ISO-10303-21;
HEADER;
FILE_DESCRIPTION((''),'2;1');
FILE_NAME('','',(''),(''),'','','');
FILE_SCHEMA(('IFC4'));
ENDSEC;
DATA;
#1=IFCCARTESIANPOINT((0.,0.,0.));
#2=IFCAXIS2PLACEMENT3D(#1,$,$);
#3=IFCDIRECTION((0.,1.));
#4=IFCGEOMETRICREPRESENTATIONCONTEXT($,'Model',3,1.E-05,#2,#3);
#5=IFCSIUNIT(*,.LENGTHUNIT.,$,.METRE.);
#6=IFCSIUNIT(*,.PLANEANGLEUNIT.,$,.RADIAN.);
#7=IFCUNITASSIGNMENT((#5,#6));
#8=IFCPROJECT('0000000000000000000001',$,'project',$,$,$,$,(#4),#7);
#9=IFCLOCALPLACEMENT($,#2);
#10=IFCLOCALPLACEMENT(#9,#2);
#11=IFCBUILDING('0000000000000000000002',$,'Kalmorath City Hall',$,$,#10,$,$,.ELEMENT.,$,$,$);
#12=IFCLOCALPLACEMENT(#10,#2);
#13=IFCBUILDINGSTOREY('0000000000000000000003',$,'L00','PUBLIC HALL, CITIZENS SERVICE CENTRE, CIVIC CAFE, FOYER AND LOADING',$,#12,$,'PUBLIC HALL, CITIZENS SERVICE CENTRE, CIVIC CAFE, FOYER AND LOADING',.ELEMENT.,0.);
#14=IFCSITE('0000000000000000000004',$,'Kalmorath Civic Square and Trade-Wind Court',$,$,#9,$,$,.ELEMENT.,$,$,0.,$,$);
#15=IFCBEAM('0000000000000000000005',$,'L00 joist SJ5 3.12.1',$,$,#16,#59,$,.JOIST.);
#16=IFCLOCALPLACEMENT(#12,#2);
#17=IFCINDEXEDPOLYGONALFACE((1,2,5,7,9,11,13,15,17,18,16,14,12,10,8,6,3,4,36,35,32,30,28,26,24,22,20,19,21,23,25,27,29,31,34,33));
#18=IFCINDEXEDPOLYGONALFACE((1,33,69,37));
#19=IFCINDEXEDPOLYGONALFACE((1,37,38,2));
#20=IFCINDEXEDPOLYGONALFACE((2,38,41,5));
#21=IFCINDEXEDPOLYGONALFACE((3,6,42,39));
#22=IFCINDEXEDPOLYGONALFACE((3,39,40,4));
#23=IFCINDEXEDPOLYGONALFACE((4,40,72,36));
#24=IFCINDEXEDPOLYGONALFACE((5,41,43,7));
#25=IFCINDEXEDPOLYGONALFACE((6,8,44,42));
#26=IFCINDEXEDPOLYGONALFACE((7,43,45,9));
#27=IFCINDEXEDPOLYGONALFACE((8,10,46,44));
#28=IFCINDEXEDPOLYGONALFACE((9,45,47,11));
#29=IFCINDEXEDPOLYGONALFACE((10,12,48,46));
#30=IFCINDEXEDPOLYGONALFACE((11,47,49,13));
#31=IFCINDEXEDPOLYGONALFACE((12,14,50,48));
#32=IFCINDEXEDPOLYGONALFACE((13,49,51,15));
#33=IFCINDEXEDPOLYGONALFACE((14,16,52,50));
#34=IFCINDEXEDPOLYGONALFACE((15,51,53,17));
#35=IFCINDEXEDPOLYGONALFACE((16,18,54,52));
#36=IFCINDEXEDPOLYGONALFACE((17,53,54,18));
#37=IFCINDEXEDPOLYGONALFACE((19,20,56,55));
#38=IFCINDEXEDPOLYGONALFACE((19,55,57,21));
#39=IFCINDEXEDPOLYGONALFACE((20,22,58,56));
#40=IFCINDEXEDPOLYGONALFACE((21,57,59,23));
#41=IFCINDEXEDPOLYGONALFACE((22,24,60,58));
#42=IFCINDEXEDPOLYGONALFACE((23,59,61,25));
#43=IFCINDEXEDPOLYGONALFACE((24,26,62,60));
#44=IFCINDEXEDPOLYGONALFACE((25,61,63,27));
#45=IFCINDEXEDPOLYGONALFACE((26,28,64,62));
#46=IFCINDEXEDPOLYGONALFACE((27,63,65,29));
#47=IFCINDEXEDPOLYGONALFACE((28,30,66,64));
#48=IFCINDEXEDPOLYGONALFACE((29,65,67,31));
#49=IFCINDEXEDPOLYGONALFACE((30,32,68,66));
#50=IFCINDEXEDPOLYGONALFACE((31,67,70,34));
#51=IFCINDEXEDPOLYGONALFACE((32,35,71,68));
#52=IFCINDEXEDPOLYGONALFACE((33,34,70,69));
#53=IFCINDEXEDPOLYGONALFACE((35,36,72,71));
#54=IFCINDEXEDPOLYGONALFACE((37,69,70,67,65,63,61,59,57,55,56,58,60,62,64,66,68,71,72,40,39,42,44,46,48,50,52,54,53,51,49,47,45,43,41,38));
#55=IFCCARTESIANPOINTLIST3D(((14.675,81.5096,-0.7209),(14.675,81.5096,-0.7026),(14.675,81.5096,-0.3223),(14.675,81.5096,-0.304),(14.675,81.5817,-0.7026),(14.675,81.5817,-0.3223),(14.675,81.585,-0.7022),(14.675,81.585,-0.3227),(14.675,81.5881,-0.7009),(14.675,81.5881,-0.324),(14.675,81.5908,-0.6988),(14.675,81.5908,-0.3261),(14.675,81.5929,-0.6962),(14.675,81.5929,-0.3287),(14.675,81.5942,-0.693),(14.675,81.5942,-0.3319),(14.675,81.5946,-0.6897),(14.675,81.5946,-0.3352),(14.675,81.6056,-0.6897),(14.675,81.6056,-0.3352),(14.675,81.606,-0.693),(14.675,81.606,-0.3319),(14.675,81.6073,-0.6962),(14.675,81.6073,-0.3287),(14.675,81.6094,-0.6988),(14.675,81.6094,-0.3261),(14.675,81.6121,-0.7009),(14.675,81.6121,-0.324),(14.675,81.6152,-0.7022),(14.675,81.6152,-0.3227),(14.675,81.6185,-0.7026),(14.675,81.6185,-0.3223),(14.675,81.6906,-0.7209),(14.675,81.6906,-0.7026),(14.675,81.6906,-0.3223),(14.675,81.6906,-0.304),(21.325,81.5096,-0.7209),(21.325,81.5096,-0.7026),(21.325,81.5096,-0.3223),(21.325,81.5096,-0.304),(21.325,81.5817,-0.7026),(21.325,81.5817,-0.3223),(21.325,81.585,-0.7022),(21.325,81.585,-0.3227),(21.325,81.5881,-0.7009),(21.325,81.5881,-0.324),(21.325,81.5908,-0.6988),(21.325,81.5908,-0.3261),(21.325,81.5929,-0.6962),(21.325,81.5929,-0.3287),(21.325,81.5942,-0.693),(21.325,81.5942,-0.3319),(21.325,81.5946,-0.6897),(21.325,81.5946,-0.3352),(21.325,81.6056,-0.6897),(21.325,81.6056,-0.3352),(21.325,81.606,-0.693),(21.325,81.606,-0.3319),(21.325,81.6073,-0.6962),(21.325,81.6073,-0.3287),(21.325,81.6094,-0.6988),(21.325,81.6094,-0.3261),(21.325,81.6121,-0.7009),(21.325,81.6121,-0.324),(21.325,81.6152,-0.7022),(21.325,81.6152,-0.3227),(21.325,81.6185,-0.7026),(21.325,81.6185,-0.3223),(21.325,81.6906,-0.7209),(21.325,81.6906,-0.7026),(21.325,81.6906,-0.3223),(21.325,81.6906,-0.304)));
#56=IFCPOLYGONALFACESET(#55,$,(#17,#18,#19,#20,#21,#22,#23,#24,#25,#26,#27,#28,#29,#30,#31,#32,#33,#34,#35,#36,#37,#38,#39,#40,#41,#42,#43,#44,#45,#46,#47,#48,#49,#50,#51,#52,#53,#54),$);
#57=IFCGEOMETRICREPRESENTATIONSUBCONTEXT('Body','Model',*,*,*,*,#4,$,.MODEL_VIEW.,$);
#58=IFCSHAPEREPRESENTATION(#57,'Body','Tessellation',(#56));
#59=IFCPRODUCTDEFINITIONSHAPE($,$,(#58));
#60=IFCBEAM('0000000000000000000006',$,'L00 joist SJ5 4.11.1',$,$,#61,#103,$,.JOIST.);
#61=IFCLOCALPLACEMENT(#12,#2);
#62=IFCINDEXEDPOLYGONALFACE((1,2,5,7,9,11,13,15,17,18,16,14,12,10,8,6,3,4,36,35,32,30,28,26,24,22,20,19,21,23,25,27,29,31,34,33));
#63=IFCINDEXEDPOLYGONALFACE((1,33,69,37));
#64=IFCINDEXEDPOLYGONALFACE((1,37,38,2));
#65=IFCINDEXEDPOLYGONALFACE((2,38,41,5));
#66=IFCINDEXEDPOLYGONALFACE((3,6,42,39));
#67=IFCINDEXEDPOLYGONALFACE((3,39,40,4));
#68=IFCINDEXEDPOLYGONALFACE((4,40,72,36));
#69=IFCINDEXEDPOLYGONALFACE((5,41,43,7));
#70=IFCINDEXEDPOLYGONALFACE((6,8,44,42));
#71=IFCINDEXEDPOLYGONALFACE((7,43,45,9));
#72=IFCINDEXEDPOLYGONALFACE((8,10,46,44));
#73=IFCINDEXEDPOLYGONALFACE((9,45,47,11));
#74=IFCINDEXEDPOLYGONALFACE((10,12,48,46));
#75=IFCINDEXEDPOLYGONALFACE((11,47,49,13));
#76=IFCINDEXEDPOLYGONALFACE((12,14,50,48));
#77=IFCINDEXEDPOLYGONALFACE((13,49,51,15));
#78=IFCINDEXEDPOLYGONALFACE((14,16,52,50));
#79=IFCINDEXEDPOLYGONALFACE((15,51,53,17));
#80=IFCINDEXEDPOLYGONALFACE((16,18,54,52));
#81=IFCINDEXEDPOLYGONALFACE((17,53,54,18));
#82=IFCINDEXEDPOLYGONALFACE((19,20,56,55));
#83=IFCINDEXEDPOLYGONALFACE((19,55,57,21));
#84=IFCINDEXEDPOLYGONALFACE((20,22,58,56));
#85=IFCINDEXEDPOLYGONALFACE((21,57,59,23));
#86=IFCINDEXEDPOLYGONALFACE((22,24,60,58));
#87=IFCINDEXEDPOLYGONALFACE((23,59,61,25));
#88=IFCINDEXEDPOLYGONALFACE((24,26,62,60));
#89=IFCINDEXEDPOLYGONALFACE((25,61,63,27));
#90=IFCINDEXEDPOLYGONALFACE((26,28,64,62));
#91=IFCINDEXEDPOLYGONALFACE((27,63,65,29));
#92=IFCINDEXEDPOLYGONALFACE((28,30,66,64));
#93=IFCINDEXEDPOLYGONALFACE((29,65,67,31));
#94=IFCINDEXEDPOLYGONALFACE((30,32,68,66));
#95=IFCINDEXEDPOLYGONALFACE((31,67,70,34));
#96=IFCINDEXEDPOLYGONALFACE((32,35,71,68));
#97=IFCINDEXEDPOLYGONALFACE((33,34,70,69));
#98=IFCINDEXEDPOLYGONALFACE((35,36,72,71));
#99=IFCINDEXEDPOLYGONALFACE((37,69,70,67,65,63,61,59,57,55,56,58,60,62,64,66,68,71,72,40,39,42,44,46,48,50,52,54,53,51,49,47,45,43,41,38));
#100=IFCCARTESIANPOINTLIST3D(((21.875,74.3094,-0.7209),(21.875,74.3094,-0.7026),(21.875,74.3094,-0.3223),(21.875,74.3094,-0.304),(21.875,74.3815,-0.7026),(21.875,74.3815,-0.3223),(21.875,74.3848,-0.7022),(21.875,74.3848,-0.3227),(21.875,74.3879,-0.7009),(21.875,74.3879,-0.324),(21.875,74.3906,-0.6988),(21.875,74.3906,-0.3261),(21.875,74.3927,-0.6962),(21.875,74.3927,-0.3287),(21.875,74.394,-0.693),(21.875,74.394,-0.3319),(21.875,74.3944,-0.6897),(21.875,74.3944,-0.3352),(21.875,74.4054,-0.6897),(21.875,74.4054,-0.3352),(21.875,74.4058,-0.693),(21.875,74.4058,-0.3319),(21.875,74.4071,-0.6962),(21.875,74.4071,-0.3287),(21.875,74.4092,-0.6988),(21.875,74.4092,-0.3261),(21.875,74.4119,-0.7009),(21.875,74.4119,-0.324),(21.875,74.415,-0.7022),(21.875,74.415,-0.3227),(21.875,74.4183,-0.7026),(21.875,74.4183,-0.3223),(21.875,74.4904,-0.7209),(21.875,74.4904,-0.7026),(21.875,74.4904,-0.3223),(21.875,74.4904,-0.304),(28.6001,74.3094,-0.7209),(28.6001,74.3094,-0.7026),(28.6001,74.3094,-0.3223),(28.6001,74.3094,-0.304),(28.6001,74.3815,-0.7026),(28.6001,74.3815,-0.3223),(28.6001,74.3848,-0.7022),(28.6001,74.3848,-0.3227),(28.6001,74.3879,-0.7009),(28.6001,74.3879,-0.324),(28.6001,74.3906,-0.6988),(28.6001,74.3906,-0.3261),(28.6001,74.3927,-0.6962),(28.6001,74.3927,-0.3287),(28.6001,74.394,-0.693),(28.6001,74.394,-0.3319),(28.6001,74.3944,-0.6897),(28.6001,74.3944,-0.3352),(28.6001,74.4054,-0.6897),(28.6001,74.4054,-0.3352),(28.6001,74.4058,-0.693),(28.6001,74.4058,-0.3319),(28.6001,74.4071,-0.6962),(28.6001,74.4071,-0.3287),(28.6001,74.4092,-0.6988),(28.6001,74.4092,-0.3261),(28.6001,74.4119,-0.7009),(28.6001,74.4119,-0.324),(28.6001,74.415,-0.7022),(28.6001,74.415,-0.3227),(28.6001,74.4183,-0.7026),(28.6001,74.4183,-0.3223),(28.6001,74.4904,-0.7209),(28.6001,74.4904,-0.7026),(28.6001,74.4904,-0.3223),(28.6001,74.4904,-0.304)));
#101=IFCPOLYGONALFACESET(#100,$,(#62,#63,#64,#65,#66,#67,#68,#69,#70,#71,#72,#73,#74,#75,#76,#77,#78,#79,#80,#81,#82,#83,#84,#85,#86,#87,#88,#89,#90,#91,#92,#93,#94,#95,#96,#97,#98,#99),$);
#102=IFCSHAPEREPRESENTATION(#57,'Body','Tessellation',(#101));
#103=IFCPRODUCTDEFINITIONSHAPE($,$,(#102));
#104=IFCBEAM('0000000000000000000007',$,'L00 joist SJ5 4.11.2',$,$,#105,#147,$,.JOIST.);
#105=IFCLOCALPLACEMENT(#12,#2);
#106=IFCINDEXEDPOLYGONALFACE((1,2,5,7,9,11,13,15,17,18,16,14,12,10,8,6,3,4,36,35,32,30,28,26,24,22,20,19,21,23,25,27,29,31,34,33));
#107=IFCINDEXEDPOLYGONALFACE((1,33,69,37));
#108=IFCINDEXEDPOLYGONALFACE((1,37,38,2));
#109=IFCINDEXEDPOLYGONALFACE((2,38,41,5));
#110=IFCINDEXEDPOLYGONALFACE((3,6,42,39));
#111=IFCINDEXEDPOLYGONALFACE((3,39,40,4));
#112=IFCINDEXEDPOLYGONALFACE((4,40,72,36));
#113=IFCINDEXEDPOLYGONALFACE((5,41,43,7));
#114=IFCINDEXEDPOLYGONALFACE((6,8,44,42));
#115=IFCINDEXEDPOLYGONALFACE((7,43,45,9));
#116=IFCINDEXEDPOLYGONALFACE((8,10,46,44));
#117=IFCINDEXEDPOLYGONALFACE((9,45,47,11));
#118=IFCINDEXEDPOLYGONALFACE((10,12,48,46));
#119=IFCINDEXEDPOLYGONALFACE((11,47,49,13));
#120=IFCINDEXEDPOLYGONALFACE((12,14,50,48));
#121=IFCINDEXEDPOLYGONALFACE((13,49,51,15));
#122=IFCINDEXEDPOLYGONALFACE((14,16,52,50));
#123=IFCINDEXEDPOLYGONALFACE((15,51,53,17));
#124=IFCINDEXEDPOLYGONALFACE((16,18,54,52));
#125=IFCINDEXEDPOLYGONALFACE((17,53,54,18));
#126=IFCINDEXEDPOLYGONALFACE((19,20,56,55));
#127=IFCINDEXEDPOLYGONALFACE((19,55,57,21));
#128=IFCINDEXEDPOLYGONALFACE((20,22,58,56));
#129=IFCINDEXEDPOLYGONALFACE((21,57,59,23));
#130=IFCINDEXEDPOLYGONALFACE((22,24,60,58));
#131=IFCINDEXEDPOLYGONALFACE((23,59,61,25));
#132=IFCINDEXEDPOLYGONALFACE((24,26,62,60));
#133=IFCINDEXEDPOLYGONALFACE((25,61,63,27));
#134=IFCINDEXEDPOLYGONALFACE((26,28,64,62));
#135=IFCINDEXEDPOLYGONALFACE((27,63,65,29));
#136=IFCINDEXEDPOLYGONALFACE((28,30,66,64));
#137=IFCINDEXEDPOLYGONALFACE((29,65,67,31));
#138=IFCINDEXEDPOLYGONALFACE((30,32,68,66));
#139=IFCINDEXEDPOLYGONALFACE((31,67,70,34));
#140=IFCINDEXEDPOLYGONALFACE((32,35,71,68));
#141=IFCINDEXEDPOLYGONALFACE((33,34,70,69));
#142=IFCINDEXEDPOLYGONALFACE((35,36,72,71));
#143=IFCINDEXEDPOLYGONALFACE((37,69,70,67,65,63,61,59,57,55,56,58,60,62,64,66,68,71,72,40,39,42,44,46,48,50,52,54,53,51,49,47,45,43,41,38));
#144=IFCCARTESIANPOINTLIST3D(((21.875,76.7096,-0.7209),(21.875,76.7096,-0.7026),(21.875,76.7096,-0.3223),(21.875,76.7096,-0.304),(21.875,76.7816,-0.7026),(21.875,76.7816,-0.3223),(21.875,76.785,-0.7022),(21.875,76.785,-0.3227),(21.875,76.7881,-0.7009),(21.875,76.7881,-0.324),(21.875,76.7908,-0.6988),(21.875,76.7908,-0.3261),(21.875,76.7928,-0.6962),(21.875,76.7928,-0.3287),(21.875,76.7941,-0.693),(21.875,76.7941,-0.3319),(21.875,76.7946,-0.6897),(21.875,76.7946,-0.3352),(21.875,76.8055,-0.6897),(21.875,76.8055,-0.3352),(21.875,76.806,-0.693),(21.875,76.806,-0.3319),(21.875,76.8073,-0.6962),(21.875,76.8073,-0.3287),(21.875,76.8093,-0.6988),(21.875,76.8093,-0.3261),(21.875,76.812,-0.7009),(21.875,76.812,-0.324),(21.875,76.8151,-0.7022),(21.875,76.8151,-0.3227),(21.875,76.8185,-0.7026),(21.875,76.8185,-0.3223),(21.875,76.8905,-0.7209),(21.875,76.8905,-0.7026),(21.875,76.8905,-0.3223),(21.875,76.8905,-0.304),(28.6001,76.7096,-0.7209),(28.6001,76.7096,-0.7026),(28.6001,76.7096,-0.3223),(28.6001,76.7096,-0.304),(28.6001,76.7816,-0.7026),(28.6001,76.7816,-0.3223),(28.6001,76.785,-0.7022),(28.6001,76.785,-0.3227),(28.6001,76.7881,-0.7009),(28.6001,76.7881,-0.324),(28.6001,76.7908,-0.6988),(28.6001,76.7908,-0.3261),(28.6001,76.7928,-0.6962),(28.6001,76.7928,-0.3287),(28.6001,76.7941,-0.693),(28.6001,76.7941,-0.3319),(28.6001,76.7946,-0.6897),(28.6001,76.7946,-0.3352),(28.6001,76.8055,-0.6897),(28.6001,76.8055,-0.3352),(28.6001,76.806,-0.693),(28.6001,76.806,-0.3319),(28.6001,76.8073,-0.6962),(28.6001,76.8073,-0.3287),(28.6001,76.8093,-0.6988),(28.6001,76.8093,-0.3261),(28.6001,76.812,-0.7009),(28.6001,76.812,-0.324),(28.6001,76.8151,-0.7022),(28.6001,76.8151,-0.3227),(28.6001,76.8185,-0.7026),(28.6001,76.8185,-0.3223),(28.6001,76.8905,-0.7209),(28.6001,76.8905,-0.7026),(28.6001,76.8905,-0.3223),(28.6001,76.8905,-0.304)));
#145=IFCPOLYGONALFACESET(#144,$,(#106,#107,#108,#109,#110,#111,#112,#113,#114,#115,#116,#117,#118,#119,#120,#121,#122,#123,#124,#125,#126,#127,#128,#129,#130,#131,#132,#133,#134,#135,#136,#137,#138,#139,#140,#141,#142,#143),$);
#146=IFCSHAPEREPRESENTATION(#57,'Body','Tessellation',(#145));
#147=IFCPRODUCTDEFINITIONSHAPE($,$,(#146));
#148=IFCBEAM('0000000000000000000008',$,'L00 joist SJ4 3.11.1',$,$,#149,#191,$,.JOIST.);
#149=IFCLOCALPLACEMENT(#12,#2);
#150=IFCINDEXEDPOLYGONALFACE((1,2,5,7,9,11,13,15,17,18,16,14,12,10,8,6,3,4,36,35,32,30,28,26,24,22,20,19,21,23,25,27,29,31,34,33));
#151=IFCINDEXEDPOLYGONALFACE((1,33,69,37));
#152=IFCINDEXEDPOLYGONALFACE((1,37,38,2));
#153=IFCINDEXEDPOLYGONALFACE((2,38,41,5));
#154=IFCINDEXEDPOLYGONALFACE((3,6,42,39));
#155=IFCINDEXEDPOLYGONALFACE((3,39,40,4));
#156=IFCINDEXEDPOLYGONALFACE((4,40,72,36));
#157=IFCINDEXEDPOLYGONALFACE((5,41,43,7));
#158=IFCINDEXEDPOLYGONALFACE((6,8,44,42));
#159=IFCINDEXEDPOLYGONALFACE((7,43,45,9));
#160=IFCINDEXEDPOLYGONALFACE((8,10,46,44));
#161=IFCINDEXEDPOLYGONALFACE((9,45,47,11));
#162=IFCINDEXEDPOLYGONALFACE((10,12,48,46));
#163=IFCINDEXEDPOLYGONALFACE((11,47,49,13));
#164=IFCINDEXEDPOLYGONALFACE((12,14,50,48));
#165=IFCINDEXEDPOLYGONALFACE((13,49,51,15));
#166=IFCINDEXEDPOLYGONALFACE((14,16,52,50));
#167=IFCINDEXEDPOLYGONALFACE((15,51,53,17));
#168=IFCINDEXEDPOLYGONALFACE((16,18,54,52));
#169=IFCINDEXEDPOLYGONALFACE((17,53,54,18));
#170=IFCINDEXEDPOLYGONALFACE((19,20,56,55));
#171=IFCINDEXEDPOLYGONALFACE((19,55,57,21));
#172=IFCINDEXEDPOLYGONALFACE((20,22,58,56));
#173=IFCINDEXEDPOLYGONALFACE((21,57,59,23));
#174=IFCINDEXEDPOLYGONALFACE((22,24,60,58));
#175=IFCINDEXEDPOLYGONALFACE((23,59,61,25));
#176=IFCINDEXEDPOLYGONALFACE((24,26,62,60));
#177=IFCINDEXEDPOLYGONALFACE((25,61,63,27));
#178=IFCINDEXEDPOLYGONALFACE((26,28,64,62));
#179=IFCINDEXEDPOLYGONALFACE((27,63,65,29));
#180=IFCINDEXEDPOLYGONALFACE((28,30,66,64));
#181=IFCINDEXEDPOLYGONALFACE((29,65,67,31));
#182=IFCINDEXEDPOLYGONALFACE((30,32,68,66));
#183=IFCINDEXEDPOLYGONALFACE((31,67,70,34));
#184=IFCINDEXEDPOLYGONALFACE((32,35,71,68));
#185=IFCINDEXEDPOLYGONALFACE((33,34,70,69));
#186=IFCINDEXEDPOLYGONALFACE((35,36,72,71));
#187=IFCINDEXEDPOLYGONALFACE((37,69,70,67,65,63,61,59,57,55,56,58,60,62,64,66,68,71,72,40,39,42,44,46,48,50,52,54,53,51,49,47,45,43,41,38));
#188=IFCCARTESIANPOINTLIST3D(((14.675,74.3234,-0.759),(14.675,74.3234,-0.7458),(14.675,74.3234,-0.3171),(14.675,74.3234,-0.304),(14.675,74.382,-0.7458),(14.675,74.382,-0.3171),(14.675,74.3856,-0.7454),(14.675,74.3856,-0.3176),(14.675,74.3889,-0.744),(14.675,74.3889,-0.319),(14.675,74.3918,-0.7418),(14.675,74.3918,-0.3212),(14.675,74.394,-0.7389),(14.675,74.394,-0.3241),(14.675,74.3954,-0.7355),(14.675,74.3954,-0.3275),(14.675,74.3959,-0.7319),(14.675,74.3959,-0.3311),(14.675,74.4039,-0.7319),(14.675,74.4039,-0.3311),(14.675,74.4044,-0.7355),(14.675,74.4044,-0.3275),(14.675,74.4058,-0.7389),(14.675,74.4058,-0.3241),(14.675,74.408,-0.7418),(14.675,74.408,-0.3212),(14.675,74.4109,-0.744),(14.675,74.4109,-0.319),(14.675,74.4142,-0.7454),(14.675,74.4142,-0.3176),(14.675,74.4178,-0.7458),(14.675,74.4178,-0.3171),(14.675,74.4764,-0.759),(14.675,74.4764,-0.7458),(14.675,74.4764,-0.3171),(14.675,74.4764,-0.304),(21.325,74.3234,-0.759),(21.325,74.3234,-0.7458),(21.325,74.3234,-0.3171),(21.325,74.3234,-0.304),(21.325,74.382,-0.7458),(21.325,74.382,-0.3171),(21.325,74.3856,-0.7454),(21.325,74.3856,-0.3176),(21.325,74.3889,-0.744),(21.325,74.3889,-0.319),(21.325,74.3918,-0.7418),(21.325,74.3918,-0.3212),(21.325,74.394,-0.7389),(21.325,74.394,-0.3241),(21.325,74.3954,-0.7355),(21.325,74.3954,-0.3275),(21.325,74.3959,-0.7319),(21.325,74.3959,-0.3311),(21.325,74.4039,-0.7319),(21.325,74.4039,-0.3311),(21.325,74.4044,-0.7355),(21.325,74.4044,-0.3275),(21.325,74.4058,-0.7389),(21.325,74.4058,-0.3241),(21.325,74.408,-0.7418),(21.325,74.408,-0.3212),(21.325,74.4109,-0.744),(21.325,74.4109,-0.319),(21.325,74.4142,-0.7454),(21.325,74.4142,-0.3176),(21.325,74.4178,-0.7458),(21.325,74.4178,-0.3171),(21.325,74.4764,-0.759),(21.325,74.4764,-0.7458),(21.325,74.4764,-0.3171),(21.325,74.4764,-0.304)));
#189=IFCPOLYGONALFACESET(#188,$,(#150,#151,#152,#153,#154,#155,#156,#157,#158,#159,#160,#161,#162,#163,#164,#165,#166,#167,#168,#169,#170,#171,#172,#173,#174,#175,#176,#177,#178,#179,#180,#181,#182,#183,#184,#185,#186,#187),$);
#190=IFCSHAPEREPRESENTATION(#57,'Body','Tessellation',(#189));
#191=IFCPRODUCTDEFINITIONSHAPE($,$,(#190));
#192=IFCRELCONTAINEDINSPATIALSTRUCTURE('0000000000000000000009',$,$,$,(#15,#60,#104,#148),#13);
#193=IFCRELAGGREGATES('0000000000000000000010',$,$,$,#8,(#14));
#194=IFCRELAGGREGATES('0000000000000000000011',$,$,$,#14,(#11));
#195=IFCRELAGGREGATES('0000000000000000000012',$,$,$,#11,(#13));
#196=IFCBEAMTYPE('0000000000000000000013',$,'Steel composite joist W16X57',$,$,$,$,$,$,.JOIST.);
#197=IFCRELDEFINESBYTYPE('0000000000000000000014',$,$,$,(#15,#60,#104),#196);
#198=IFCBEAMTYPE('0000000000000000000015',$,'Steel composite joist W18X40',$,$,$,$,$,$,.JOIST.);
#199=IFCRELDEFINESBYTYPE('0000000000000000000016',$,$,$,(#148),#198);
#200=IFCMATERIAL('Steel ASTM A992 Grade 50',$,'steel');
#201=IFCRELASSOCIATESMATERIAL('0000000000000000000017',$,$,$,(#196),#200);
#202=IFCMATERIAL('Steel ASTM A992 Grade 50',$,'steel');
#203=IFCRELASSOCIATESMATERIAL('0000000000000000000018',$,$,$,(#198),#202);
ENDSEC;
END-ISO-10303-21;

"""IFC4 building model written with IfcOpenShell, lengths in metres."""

from ifc_helpers import new_model, si_unit, direction, frame, origin, origin_2d, place, context, subcontext, project, spatial, i_section, extrude, material, material_profile, profile_set, type_object, element, save


model = new_model("IFC4")

# Units and contexts
model_context = context("Model", 3, precision=1e-05, world=origin(), true_north=direction((0.0, 1.0)))
body_context = subcontext(model_context, "Body", "Model", "MODEL_VIEW")
ifc_project = project(units=[si_unit("LENGTHUNIT", "METRE"), si_unit("PLANEANGLEUNIT", "RADIAN")], contexts=[model_context])

# Site, building, storey
site_placement = place(None, origin())
site = spatial("IfcSite", under=ifc_project, at=site_placement, Name="Kalmorath Civic Square and Trade-Wind Court", CompositionType="ELEMENT", RefElevation=0.0)
building_placement = place(site_placement, origin())
building = spatial("IfcBuilding", under=site, at=building_placement, Name="Kalmorath City Hall", CompositionType="ELEMENT")
storey_placement = place(building_placement, origin())
storey = spatial("IfcBuildingStorey", under=building, at=storey_placement, Name="L00", Description="PUBLIC HALL, CITIZENS SERVICE CENTRE, CIVIC CAFE, FOYER AND LOADING", LongName="PUBLIC HALL, CITIZENS SERVICE CENTRE, CIVIC CAFE, FOYER AND LOADING", CompositionType="ELEMENT", Elevation=0.0)

# Beams
ifc_material_1 = material(Name="Steel ASTM A992 Grade 50", Category="steel")
ifc_material_profile_1 = material_profile(ifc_material_1, i_section(OverallWidth=0.1809, OverallDepth=0.417, WebThickness=0.011, FlangeThickness=0.0183, FilletRadius=0.0129, at=origin_2d()), Name="W16X57")
ifc_profile_set_1 = profile_set([ifc_material_profile_1], Name="Steel ASTM A992 Grade 50")
beam_type_1 = type_object("IfcBeamType", Name="Steel composite joist W16X57", PredefinedType="JOIST", material=ifc_profile_set_1)
beam_1_placement = place(storey_placement, frame((14.675, 81.6001, -0.5125), z_axis=(1.0, 0.0, 0.0), x_axis=(0.0, 1.0, 0.0)))
element("IfcBeam", 1, at=beam_1_placement, inside=storey, type_object=beam_type_1, Name="L00 joist SJ5 3.12.1", PredefinedType="JOIST", context=body_context, shape_type="SweptSolid", body=[
    extrude(i_section(OverallWidth=0.1809, OverallDepth=0.417, WebThickness=0.011, FlangeThickness=0.0183, FilletRadius=0.0129, at=origin_2d()), origin(), (0.0, 0.0, 1.0), 6.6499),
])
for number, where, z_axis, x_axis, name in (
    (2, (21.875, 74.3999, -0.5125), (1.0, 0.0, 0.0), (0.0, 1.0, 0.0), "L00 joist SJ5 4.11.1"),
    (3, (21.875, 76.8, -0.5125), (1.0, 0.0, 0.0), (0.0, 1.0, 0.0), "L00 joist SJ5 4.11.2"),
):
    element("IfcBeam", number, at=place(storey_placement, frame(where, z_axis=z_axis, x_axis=x_axis)), inside=storey, type_object=beam_type_1, Name=name, PredefinedType="JOIST", context=body_context, shape_type="SweptSolid", body=[
        extrude(i_section(OverallWidth=0.1809, OverallDepth=0.417, WebThickness=0.011, FlangeThickness=0.0183, FilletRadius=0.0129, at=origin_2d()), origin(), (0.0, 0.0, 1.0), 6.7251),
    ])
ifc_material_2 = material(Name="Steel ASTM A992 Grade 50", Category="steel")
ifc_material_profile_2 = material_profile(ifc_material_2, i_section(OverallWidth=0.1531, OverallDepth=0.4551, WebThickness=0.0081, FlangeThickness=0.0132, FilletRadius=0.0139, at=origin_2d()), Name="W18X40")
ifc_profile_set_2 = profile_set([ifc_material_profile_2], Name="Steel ASTM A992 Grade 50")
beam_type_2 = type_object("IfcBeamType", Name="Steel composite joist W18X40", PredefinedType="JOIST", material=ifc_profile_set_2)
for number, where, z_axis, x_axis, name in (
    (4, (14.675, 74.3999, -0.5315), (1.0, 0.0, 0.0), (0.0, 1.0, 0.0), "L00 joist SJ4 3.11.1"),
):
    element("IfcBeam", number, at=place(storey_placement, frame(where, z_axis=z_axis, x_axis=x_axis)), inside=storey, type_object=beam_type_2, Name=name, PredefinedType="JOIST", context=body_context, shape_type="SweptSolid", body=[
        extrude(i_section(OverallWidth=0.1531, OverallDepth=0.4551, WebThickness=0.0081, FlangeThickness=0.0132, FilletRadius=0.0139, at=origin_2d()), origin(), (0.0, 0.0, 1.0), 6.6499),
    ])

save(model, "model.ifc")
